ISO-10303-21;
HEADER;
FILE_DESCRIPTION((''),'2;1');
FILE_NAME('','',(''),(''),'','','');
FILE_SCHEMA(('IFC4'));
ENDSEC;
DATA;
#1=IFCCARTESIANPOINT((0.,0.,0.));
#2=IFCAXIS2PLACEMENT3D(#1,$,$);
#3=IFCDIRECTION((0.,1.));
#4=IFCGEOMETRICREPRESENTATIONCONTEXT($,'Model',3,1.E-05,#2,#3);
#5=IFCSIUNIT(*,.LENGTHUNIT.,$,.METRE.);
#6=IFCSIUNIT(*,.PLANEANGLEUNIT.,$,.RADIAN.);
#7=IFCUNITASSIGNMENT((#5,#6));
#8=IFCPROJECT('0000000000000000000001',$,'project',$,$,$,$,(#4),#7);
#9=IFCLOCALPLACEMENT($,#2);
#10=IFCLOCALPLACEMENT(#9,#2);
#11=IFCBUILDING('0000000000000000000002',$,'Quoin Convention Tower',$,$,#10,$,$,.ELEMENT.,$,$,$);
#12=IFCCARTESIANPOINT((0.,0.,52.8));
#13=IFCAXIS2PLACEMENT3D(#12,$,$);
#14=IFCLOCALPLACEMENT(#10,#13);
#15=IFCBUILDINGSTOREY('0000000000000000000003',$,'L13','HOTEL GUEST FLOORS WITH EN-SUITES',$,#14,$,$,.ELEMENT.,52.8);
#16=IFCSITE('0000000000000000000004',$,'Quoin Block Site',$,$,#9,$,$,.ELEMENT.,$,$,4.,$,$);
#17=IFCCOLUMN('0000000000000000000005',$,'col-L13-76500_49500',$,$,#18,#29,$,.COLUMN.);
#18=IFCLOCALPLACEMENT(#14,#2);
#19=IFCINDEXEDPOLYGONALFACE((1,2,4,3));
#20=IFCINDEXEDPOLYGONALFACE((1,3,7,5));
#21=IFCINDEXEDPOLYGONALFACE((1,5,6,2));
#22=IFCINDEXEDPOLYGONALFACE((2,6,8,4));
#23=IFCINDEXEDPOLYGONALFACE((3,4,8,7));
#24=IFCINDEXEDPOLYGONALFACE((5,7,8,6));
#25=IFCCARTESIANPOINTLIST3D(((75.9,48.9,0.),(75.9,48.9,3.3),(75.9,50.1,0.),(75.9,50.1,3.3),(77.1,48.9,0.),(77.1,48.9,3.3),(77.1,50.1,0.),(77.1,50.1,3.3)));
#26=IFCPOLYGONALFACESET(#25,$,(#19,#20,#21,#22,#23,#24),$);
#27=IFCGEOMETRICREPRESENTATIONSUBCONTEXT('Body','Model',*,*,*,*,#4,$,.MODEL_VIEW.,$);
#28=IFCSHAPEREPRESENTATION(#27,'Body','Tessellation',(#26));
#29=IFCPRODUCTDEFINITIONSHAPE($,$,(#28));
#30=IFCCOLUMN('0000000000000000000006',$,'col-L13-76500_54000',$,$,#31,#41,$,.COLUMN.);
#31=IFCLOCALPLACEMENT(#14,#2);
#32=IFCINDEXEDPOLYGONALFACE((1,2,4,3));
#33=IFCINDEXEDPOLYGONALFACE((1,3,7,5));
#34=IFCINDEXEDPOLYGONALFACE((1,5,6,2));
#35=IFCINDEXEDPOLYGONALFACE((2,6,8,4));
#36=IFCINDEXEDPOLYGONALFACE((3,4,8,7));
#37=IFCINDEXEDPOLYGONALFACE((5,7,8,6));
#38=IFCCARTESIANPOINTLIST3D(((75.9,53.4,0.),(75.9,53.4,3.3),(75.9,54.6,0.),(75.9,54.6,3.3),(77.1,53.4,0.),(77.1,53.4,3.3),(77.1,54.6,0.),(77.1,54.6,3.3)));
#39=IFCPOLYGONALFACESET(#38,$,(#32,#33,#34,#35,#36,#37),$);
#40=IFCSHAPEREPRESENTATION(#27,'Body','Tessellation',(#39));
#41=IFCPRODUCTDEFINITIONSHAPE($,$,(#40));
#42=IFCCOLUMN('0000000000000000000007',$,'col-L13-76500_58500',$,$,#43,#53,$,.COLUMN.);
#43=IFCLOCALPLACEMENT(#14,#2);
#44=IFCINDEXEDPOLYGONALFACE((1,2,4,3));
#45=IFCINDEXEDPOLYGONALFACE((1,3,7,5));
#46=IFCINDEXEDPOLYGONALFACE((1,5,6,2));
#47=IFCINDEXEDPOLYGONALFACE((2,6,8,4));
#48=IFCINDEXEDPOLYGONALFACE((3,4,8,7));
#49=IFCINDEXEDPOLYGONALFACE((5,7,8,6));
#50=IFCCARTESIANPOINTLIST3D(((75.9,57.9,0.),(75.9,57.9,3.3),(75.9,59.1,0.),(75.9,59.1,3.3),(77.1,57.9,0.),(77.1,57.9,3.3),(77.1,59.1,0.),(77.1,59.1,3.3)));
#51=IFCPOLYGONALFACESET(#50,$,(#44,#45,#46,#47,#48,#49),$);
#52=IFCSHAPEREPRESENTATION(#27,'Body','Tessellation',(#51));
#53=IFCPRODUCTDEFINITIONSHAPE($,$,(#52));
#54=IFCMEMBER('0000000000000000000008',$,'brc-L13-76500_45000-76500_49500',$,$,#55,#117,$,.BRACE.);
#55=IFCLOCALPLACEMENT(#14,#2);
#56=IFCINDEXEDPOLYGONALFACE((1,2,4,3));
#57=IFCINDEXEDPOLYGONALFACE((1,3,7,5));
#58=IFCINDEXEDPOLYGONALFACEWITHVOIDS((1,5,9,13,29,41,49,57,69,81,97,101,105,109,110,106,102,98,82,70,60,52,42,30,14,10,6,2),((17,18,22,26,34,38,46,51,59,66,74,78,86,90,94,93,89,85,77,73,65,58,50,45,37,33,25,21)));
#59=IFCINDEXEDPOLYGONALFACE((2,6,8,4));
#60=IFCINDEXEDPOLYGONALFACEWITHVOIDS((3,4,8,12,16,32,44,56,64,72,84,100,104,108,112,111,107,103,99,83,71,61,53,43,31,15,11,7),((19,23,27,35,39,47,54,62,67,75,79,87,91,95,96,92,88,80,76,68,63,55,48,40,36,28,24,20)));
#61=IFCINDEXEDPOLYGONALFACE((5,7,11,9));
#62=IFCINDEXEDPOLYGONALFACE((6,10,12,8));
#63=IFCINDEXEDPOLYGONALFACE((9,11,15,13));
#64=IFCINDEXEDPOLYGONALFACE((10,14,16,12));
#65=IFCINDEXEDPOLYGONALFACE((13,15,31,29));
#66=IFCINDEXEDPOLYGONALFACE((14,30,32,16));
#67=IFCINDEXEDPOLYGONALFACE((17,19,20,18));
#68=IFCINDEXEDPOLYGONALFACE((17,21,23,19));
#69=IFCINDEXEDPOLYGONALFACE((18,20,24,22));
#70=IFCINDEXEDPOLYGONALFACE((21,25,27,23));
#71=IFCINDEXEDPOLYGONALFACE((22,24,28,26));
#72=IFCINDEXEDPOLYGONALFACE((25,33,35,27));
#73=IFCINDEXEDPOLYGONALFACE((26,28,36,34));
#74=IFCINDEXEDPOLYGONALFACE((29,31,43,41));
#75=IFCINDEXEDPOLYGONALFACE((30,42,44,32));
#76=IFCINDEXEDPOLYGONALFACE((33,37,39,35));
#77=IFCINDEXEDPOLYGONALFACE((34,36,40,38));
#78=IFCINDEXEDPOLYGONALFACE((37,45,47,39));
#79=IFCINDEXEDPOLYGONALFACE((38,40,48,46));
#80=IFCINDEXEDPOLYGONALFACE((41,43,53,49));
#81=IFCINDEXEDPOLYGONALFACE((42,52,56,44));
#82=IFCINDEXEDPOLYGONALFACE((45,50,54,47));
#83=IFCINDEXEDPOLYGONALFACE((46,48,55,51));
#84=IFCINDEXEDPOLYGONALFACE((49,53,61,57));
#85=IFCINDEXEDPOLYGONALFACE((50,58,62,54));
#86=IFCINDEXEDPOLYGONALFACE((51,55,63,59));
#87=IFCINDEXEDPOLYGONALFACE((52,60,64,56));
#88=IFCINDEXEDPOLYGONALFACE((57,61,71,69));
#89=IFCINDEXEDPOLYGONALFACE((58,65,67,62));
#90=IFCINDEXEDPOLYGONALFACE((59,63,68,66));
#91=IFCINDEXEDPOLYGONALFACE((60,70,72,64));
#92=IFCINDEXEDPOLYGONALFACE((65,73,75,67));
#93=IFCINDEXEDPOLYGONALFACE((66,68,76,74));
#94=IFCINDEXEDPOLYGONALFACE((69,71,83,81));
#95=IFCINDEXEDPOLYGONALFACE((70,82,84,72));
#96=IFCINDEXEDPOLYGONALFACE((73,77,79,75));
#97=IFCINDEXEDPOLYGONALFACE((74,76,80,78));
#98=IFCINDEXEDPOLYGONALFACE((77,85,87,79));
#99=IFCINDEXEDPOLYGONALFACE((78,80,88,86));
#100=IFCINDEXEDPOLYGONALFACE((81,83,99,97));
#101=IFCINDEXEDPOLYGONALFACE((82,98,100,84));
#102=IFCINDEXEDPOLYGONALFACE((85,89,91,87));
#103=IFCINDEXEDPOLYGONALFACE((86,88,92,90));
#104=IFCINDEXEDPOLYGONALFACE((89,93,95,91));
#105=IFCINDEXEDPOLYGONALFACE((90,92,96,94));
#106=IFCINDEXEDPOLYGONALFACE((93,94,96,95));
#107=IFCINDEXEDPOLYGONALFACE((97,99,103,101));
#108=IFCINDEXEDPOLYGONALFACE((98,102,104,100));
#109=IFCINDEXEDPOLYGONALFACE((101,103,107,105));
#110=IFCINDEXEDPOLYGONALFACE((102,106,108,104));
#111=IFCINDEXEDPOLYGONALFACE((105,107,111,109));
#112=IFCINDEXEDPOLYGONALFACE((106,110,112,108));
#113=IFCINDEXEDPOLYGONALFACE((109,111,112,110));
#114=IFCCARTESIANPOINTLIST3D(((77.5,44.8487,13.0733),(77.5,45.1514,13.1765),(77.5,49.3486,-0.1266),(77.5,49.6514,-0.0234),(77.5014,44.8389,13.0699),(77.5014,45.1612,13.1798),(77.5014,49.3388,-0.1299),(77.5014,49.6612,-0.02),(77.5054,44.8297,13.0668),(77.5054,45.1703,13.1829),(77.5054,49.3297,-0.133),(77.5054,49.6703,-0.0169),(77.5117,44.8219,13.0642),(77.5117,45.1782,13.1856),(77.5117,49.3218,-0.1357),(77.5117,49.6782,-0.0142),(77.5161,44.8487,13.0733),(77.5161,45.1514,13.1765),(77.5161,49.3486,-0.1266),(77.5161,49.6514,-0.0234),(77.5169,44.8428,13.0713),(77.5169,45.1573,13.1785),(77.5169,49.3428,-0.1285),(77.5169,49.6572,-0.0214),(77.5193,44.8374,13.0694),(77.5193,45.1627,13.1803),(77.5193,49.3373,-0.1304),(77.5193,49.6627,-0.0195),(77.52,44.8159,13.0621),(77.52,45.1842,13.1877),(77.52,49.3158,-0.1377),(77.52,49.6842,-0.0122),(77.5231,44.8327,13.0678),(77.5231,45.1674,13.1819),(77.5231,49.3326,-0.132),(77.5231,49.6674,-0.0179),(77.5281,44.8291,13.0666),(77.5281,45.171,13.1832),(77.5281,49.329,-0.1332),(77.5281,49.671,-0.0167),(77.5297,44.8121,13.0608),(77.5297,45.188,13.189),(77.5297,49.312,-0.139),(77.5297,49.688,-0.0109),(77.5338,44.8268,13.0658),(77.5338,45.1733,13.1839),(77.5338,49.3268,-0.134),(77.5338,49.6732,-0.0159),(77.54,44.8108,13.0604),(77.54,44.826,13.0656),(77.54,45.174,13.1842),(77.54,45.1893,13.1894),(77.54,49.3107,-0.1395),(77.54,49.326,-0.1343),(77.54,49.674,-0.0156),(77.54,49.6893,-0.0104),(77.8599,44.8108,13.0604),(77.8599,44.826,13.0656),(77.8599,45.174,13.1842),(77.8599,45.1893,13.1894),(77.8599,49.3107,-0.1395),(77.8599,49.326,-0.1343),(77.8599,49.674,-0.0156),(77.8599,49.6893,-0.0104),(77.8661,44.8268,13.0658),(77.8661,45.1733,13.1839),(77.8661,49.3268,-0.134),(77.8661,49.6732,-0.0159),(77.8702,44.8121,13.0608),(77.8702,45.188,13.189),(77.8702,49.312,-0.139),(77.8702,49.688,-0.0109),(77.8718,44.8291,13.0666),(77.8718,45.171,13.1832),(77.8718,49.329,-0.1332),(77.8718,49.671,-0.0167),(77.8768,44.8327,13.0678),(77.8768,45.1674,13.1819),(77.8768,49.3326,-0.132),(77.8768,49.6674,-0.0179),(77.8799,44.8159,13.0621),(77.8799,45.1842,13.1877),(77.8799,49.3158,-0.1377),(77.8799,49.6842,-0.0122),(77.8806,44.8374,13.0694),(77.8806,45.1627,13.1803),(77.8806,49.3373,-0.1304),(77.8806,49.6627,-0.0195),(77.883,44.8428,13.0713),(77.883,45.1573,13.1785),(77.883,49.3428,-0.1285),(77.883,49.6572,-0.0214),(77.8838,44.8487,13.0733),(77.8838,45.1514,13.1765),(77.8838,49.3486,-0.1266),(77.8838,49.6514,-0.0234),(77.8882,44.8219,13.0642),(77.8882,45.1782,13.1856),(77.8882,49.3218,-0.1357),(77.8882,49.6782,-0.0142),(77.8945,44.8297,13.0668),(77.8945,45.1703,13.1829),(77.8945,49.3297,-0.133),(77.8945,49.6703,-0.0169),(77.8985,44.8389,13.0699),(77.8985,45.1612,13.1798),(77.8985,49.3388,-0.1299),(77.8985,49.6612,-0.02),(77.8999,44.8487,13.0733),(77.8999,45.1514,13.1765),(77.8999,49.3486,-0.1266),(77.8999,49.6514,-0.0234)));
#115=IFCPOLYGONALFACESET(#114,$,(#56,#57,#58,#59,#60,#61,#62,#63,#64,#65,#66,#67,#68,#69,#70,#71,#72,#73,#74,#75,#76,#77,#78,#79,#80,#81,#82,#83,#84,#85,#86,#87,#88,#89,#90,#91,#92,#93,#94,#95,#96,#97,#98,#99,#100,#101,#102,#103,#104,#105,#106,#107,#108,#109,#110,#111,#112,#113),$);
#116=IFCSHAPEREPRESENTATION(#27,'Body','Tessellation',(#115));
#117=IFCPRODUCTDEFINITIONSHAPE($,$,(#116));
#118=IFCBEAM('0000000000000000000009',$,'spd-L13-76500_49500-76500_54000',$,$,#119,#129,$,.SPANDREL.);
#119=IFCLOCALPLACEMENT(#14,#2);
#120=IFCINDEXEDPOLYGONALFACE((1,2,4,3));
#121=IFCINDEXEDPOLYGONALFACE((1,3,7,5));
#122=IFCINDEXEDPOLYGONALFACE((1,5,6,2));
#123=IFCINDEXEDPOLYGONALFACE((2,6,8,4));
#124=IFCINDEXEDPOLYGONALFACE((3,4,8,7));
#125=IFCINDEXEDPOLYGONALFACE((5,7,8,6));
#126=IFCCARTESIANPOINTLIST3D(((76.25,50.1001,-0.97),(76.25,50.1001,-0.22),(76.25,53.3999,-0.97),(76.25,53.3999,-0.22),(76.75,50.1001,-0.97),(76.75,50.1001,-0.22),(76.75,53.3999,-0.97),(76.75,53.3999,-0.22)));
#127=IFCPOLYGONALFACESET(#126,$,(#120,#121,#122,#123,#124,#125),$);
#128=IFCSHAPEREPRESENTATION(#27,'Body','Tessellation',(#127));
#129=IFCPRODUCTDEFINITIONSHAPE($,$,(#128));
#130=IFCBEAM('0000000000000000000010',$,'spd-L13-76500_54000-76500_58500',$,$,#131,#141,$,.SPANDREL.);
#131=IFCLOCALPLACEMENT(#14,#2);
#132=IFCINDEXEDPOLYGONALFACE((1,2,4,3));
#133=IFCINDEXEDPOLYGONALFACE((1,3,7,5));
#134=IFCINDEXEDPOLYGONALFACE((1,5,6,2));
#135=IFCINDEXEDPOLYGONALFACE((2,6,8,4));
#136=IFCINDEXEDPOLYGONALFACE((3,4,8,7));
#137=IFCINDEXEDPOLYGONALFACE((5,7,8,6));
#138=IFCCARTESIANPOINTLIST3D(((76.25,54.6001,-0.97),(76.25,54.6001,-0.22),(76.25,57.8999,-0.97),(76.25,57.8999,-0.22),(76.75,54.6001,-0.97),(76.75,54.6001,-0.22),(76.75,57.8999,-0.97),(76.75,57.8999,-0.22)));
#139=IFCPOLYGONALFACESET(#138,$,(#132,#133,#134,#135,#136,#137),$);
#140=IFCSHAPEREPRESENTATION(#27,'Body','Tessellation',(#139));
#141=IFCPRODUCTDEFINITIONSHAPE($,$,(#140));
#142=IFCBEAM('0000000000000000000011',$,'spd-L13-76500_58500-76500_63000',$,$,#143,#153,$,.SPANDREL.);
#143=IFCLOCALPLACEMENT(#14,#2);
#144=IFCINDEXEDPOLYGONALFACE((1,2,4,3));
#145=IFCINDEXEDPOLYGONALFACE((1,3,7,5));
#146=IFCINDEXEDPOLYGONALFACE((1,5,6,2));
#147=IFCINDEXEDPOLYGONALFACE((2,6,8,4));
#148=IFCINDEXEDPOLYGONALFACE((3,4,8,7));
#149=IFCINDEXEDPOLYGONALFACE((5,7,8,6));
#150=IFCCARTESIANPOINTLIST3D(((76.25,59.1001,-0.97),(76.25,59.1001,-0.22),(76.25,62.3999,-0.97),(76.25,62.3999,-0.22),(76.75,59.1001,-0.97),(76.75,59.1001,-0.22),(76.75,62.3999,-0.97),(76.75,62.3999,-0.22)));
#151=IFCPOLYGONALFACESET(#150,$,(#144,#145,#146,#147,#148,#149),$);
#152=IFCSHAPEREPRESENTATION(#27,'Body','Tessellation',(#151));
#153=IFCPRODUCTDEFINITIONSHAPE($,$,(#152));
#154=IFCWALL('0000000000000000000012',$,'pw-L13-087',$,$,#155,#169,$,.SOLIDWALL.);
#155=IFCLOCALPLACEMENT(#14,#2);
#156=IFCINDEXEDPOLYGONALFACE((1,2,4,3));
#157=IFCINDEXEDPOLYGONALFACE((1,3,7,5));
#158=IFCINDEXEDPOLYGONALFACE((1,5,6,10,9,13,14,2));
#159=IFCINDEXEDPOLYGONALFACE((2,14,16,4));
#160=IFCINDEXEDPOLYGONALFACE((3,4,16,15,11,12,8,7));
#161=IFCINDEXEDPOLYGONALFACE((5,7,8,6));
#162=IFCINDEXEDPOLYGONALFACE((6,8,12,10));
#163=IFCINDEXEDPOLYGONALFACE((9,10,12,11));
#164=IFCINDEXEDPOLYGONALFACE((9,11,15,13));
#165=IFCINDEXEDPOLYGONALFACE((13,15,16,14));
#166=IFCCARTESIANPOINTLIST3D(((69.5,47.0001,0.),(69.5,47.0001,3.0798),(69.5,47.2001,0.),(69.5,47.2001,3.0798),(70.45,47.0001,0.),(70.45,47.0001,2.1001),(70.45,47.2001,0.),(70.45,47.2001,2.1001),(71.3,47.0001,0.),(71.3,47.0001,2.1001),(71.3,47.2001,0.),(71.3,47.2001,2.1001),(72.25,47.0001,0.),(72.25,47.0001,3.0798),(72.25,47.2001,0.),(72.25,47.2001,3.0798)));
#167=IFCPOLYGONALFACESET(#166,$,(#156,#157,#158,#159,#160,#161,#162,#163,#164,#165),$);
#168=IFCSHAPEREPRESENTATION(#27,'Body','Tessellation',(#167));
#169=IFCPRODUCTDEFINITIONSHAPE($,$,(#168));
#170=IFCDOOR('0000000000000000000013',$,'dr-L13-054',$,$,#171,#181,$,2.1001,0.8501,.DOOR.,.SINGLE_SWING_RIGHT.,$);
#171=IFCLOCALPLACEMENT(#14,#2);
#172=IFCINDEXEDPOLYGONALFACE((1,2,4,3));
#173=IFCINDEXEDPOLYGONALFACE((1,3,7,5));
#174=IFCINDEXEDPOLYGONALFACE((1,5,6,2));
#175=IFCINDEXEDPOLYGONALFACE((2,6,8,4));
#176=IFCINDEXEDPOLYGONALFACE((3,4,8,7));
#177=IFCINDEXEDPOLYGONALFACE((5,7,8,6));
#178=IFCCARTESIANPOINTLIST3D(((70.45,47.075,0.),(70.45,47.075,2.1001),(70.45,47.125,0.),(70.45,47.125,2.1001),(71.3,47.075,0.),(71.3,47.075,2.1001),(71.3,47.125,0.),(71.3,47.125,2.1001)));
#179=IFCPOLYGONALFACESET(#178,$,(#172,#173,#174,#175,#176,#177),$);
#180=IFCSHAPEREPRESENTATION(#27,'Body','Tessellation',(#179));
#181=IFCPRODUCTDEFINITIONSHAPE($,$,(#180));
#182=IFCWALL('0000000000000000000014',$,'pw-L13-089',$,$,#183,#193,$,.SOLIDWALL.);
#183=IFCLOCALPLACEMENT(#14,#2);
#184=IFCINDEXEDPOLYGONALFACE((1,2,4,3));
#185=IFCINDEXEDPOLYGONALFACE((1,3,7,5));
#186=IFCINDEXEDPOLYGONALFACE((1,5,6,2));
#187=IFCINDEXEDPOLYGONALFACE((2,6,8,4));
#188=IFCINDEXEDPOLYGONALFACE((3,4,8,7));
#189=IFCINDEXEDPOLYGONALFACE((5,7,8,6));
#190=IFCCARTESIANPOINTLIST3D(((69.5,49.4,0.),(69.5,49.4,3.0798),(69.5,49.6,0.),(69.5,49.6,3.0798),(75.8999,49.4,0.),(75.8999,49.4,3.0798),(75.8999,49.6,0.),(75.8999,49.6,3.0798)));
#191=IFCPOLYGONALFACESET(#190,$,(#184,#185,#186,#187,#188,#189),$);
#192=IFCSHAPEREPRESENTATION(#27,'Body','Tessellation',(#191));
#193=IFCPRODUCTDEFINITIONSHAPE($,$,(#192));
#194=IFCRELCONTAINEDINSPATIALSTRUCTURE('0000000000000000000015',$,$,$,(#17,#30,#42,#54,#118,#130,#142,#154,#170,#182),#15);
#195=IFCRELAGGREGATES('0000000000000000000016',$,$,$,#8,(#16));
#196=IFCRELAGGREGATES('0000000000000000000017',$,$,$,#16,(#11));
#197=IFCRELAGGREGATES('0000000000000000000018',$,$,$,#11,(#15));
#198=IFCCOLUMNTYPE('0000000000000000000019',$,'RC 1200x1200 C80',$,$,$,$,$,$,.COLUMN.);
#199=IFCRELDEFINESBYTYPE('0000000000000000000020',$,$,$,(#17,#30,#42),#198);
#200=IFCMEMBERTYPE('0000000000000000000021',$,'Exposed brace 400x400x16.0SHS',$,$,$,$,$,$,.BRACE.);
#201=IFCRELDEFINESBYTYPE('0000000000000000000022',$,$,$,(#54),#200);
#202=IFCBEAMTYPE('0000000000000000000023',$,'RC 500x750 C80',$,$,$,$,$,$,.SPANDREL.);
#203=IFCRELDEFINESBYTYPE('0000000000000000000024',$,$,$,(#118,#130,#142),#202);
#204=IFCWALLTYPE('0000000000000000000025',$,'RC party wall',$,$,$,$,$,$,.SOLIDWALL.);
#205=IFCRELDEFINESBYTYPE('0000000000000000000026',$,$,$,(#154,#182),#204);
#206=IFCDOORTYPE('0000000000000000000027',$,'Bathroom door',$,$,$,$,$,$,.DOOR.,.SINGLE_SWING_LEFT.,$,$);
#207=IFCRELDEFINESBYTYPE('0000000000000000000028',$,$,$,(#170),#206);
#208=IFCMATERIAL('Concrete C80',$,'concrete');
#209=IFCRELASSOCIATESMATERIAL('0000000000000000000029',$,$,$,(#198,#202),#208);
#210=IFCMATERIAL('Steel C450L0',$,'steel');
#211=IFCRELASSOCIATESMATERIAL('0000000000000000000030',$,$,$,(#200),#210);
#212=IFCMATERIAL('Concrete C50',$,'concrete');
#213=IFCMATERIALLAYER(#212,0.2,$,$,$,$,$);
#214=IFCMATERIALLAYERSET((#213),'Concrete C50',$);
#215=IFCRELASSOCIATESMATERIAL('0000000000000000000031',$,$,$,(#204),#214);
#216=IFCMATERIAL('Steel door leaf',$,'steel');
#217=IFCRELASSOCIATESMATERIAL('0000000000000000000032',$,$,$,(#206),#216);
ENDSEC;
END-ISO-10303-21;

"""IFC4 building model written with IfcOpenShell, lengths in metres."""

from ifc_helpers import new_model, si_unit, direction, frame, frame_2d, origin, origin_2d, place, context, subcontext, project, spatial, rectangle, hollow_rectangle, extrude, material, layer, layer_set, material_profile, profile_set, type_object, element, fill, save


model = new_model("IFC4")

# Units and contexts
model_context = context("Model", 3, precision=1e-05, world=origin(), true_north=direction((0.0, 1.0)))
body_context = subcontext(model_context, "Body", "Model", "MODEL_VIEW")
ifc_project = project(units=[si_unit("LENGTHUNIT", "METRE"), si_unit("PLANEANGLEUNIT", "RADIAN")], contexts=[model_context])

# Site, building, storey
site_placement = place(None, origin())
site = spatial("IfcSite", under=ifc_project, at=site_placement, Name="Quoin Block Site", CompositionType="ELEMENT", RefElevation=4.0)
building_placement = place(site_placement, origin())
building = spatial("IfcBuilding", under=site, at=building_placement, Name="Quoin Convention Tower", CompositionType="ELEMENT")
storey_placement = place(building_placement, frame((0.0, 0.0, 52.8)))
storey = spatial("IfcBuildingStorey", under=building, at=storey_placement, Name="L13", Description="HOTEL GUEST FLOORS WITH EN-SUITES", CompositionType="ELEMENT", Elevation=52.8)

# Columns
ifc_material_1 = material(Name="Concrete C80", Category="concrete")
ifc_material_profile_1 = material_profile(ifc_material_1, rectangle(XDim=1.2, YDim=1.2, at=origin_2d()), Name="RC 1200x1200")
ifc_profile_set_1 = profile_set([ifc_material_profile_1], Name="Concrete C80")
column_type = type_object("IfcColumnType", Name="RC 1200x1200 C80", PredefinedType="COLUMN", material=ifc_profile_set_1)
for number, where, z_axis, x_axis, name in (
    (1, (76.5, 49.5, 0.0), (0.0, 0.0, 1.0), (1.0, 0.0, 0.0), "col-L13-76500_49500"),
    (2, (76.5, 54.0, 0.0), (0.0, 0.0, 1.0), (1.0, 0.0, 0.0), "col-L13-76500_54000"),
    (3, (76.5, 58.5, 0.0), (0.0, 0.0, 1.0), (1.0, 0.0, 0.0), "col-L13-76500_58500"),
):
    element("IfcColumn", number, at=place(storey_placement, frame(where, z_axis=z_axis, x_axis=x_axis)), inside=storey, type_object=column_type, Name=name, PredefinedType="COLUMN", context=body_context, shape_type="SweptSolid", body=[
        extrude(rectangle(XDim=1.2, YDim=1.2, at=origin_2d()), origin(), (0.0, 0.0, 1.0), 3.3),
    ])

# Member
ifc_material_2 = material(Name="Steel C450L0", Category="steel")
ifc_material_profile_2 = material_profile(ifc_material_2, hollow_rectangle(XDim=0.3999, YDim=0.3999, WallThickness=0.0161, InnerFilletRadius=0.0239, OuterFilletRadius=0.04, at=origin_2d()), Name="400x400x16.0SHS")
ifc_profile_set_2 = profile_set([ifc_material_profile_2], Name="Steel C450L0")
member_type = type_object("IfcMemberType", Name="Exposed brace 400x400x16.0SHS", PredefinedType="BRACE", material=ifc_profile_set_2)
member_placement = place(storey_placement, frame((77.7, 49.5, -0.075), z_axis=(0.0, -0.322675, 0.94651), x_axis=(1.0, 0.0, 0.0)))
element("IfcMember", 4, at=member_placement, inside=storey, type_object=member_type, Name="brc-L13-76500_45000-76500_49500", PredefinedType="BRACE", context=body_context, shape_type="SweptSolid", body=[
    extrude(hollow_rectangle(XDim=0.3999, YDim=0.3999, WallThickness=0.0161, InnerFilletRadius=0.0239, OuterFilletRadius=0.04, at=origin_2d()), origin(), (0.0, 0.0, 1.0), 13.9458),
])

# Beams
ifc_material_profile_3 = material_profile(ifc_material_1, rectangle(XDim=0.5, YDim=0.75, at=origin_2d()), Name="RC 500x750")
ifc_profile_set_3 = profile_set([ifc_material_profile_3], Name="Concrete C80")
beam_type = type_object("IfcBeamType", Name="RC 500x750 C80", PredefinedType="SPANDREL", material=ifc_profile_set_3)
for number, where, z_axis, x_axis, name in (
    (5, (76.5, 50.1001, -0.595), (0.0, 1.0, 0.0), (-1.0, 0.0, 0.0), "spd-L13-76500_49500-76500_54000"),
    (6, (76.5, 54.6001, -0.595), (0.0, 1.0, 0.0), (-1.0, 0.0, 0.0), "spd-L13-76500_54000-76500_58500"),
    (7, (76.5, 59.1001, -0.595), (0.0, 1.0, 0.0), (-1.0, 0.0, 0.0), "spd-L13-76500_58500-76500_63000"),
):
    element("IfcBeam", number, at=place(storey_placement, frame(where, z_axis=z_axis, x_axis=x_axis)), inside=storey, type_object=beam_type, Name=name, PredefinedType="SPANDREL", context=body_context, shape_type="SweptSolid", body=[
        extrude(rectangle(XDim=0.5, YDim=0.75, at=origin_2d()), origin(), (0.0, 0.0, 1.0), 3.2998),
    ])

# Wall, opening, door
ifc_material_3 = material(Name="Concrete C50", Category="concrete")
ifc_layer_1 = layer(ifc_material_3, 0.2)
ifc_layer_set_1 = layer_set([ifc_layer_1], Name="Concrete C50")
wall_type_1 = type_object("IfcWallType", Name="RC party wall", PredefinedType="SOLIDWALL", material=ifc_layer_set_1)
wall_1_placement = place(storey_placement, frame((69.5, 47.1001, 0.0), z_axis=(0.0, 0.0, 1.0), x_axis=(1.0, 0.0, 0.0)))
wall_1 = element("IfcWall", 8, at=wall_1_placement, inside=storey, type_object=wall_type_1, Name="pw-L13-087", PredefinedType="SOLIDWALL", context=body_context, shape_type="SweptSolid", body=[
    extrude(rectangle(XDim=2.75, YDim=0.2, at=frame_2d((1.375, 0.0))), origin(), (0.0, 0.0, 1.0), 3.0798),
])
opening_1_placement = place(wall_1_placement, frame((0.95, 0.0, 0.0)))
opening_1 = element("IfcOpeningElement", 9, at=opening_1_placement, cuts=wall_1, PredefinedType="OPENING", context=body_context, shape_type="SweptSolid", body=[
    extrude(rectangle(XDim=0.8501, YDim=2.1001, at=frame_2d((0.425, 1.05))), frame((0.0, 0.1099, 0.0), z_axis=(0.0, -1.0, 0.0), x_axis=(1.0, 0.0, 0.0)), (0.0, 0.0, 1.0), 0.22),
])
ifc_material_4 = material(Name="Steel door leaf", Category="steel")
door_type_1 = type_object("IfcDoorType", Name="Bathroom door", OperationType="SINGLE_SWING_LEFT", PredefinedType="DOOR", material=ifc_material_4)
door_1_placement = place(opening_1_placement, origin())
door_1 = element("IfcDoor", 10, at=door_1_placement, inside=storey, type_object=door_type_1, Name="dr-L13-054", OperationType="SINGLE_SWING_RIGHT", OverallHeight=2.1001, OverallWidth=0.8501, PredefinedType="DOOR", context=body_context, shape_type="SweptSolid", body=[
    extrude(rectangle(XDim=0.8501, YDim=2.1001, at=frame_2d((0.425, 1.05))), frame((0.0, 0.0249, 0.0), z_axis=(0.0, -1.0, 0.0), x_axis=(1.0, 0.0, 0.0)), (0.0, 0.0, 1.0), 0.05),
])
fill(opening_1, door_1)

# Wall
wall_2_placement = place(storey_placement, frame((69.5, 49.5, 0.0), z_axis=(0.0, 0.0, 1.0), x_axis=(1.0, 0.0, 0.0)))
element("IfcWall", 11, at=wall_2_placement, inside=storey, type_object=wall_type_1, Name="pw-L13-089", PredefinedType="SOLIDWALL", context=body_context, shape_type="SweptSolid", body=[
    extrude(rectangle(XDim=6.3999, YDim=0.2, at=frame_2d((3.2, 0.0))), origin(), (0.0, 0.0, 1.0), 3.0798),
])

save(model, "model.ifc")
